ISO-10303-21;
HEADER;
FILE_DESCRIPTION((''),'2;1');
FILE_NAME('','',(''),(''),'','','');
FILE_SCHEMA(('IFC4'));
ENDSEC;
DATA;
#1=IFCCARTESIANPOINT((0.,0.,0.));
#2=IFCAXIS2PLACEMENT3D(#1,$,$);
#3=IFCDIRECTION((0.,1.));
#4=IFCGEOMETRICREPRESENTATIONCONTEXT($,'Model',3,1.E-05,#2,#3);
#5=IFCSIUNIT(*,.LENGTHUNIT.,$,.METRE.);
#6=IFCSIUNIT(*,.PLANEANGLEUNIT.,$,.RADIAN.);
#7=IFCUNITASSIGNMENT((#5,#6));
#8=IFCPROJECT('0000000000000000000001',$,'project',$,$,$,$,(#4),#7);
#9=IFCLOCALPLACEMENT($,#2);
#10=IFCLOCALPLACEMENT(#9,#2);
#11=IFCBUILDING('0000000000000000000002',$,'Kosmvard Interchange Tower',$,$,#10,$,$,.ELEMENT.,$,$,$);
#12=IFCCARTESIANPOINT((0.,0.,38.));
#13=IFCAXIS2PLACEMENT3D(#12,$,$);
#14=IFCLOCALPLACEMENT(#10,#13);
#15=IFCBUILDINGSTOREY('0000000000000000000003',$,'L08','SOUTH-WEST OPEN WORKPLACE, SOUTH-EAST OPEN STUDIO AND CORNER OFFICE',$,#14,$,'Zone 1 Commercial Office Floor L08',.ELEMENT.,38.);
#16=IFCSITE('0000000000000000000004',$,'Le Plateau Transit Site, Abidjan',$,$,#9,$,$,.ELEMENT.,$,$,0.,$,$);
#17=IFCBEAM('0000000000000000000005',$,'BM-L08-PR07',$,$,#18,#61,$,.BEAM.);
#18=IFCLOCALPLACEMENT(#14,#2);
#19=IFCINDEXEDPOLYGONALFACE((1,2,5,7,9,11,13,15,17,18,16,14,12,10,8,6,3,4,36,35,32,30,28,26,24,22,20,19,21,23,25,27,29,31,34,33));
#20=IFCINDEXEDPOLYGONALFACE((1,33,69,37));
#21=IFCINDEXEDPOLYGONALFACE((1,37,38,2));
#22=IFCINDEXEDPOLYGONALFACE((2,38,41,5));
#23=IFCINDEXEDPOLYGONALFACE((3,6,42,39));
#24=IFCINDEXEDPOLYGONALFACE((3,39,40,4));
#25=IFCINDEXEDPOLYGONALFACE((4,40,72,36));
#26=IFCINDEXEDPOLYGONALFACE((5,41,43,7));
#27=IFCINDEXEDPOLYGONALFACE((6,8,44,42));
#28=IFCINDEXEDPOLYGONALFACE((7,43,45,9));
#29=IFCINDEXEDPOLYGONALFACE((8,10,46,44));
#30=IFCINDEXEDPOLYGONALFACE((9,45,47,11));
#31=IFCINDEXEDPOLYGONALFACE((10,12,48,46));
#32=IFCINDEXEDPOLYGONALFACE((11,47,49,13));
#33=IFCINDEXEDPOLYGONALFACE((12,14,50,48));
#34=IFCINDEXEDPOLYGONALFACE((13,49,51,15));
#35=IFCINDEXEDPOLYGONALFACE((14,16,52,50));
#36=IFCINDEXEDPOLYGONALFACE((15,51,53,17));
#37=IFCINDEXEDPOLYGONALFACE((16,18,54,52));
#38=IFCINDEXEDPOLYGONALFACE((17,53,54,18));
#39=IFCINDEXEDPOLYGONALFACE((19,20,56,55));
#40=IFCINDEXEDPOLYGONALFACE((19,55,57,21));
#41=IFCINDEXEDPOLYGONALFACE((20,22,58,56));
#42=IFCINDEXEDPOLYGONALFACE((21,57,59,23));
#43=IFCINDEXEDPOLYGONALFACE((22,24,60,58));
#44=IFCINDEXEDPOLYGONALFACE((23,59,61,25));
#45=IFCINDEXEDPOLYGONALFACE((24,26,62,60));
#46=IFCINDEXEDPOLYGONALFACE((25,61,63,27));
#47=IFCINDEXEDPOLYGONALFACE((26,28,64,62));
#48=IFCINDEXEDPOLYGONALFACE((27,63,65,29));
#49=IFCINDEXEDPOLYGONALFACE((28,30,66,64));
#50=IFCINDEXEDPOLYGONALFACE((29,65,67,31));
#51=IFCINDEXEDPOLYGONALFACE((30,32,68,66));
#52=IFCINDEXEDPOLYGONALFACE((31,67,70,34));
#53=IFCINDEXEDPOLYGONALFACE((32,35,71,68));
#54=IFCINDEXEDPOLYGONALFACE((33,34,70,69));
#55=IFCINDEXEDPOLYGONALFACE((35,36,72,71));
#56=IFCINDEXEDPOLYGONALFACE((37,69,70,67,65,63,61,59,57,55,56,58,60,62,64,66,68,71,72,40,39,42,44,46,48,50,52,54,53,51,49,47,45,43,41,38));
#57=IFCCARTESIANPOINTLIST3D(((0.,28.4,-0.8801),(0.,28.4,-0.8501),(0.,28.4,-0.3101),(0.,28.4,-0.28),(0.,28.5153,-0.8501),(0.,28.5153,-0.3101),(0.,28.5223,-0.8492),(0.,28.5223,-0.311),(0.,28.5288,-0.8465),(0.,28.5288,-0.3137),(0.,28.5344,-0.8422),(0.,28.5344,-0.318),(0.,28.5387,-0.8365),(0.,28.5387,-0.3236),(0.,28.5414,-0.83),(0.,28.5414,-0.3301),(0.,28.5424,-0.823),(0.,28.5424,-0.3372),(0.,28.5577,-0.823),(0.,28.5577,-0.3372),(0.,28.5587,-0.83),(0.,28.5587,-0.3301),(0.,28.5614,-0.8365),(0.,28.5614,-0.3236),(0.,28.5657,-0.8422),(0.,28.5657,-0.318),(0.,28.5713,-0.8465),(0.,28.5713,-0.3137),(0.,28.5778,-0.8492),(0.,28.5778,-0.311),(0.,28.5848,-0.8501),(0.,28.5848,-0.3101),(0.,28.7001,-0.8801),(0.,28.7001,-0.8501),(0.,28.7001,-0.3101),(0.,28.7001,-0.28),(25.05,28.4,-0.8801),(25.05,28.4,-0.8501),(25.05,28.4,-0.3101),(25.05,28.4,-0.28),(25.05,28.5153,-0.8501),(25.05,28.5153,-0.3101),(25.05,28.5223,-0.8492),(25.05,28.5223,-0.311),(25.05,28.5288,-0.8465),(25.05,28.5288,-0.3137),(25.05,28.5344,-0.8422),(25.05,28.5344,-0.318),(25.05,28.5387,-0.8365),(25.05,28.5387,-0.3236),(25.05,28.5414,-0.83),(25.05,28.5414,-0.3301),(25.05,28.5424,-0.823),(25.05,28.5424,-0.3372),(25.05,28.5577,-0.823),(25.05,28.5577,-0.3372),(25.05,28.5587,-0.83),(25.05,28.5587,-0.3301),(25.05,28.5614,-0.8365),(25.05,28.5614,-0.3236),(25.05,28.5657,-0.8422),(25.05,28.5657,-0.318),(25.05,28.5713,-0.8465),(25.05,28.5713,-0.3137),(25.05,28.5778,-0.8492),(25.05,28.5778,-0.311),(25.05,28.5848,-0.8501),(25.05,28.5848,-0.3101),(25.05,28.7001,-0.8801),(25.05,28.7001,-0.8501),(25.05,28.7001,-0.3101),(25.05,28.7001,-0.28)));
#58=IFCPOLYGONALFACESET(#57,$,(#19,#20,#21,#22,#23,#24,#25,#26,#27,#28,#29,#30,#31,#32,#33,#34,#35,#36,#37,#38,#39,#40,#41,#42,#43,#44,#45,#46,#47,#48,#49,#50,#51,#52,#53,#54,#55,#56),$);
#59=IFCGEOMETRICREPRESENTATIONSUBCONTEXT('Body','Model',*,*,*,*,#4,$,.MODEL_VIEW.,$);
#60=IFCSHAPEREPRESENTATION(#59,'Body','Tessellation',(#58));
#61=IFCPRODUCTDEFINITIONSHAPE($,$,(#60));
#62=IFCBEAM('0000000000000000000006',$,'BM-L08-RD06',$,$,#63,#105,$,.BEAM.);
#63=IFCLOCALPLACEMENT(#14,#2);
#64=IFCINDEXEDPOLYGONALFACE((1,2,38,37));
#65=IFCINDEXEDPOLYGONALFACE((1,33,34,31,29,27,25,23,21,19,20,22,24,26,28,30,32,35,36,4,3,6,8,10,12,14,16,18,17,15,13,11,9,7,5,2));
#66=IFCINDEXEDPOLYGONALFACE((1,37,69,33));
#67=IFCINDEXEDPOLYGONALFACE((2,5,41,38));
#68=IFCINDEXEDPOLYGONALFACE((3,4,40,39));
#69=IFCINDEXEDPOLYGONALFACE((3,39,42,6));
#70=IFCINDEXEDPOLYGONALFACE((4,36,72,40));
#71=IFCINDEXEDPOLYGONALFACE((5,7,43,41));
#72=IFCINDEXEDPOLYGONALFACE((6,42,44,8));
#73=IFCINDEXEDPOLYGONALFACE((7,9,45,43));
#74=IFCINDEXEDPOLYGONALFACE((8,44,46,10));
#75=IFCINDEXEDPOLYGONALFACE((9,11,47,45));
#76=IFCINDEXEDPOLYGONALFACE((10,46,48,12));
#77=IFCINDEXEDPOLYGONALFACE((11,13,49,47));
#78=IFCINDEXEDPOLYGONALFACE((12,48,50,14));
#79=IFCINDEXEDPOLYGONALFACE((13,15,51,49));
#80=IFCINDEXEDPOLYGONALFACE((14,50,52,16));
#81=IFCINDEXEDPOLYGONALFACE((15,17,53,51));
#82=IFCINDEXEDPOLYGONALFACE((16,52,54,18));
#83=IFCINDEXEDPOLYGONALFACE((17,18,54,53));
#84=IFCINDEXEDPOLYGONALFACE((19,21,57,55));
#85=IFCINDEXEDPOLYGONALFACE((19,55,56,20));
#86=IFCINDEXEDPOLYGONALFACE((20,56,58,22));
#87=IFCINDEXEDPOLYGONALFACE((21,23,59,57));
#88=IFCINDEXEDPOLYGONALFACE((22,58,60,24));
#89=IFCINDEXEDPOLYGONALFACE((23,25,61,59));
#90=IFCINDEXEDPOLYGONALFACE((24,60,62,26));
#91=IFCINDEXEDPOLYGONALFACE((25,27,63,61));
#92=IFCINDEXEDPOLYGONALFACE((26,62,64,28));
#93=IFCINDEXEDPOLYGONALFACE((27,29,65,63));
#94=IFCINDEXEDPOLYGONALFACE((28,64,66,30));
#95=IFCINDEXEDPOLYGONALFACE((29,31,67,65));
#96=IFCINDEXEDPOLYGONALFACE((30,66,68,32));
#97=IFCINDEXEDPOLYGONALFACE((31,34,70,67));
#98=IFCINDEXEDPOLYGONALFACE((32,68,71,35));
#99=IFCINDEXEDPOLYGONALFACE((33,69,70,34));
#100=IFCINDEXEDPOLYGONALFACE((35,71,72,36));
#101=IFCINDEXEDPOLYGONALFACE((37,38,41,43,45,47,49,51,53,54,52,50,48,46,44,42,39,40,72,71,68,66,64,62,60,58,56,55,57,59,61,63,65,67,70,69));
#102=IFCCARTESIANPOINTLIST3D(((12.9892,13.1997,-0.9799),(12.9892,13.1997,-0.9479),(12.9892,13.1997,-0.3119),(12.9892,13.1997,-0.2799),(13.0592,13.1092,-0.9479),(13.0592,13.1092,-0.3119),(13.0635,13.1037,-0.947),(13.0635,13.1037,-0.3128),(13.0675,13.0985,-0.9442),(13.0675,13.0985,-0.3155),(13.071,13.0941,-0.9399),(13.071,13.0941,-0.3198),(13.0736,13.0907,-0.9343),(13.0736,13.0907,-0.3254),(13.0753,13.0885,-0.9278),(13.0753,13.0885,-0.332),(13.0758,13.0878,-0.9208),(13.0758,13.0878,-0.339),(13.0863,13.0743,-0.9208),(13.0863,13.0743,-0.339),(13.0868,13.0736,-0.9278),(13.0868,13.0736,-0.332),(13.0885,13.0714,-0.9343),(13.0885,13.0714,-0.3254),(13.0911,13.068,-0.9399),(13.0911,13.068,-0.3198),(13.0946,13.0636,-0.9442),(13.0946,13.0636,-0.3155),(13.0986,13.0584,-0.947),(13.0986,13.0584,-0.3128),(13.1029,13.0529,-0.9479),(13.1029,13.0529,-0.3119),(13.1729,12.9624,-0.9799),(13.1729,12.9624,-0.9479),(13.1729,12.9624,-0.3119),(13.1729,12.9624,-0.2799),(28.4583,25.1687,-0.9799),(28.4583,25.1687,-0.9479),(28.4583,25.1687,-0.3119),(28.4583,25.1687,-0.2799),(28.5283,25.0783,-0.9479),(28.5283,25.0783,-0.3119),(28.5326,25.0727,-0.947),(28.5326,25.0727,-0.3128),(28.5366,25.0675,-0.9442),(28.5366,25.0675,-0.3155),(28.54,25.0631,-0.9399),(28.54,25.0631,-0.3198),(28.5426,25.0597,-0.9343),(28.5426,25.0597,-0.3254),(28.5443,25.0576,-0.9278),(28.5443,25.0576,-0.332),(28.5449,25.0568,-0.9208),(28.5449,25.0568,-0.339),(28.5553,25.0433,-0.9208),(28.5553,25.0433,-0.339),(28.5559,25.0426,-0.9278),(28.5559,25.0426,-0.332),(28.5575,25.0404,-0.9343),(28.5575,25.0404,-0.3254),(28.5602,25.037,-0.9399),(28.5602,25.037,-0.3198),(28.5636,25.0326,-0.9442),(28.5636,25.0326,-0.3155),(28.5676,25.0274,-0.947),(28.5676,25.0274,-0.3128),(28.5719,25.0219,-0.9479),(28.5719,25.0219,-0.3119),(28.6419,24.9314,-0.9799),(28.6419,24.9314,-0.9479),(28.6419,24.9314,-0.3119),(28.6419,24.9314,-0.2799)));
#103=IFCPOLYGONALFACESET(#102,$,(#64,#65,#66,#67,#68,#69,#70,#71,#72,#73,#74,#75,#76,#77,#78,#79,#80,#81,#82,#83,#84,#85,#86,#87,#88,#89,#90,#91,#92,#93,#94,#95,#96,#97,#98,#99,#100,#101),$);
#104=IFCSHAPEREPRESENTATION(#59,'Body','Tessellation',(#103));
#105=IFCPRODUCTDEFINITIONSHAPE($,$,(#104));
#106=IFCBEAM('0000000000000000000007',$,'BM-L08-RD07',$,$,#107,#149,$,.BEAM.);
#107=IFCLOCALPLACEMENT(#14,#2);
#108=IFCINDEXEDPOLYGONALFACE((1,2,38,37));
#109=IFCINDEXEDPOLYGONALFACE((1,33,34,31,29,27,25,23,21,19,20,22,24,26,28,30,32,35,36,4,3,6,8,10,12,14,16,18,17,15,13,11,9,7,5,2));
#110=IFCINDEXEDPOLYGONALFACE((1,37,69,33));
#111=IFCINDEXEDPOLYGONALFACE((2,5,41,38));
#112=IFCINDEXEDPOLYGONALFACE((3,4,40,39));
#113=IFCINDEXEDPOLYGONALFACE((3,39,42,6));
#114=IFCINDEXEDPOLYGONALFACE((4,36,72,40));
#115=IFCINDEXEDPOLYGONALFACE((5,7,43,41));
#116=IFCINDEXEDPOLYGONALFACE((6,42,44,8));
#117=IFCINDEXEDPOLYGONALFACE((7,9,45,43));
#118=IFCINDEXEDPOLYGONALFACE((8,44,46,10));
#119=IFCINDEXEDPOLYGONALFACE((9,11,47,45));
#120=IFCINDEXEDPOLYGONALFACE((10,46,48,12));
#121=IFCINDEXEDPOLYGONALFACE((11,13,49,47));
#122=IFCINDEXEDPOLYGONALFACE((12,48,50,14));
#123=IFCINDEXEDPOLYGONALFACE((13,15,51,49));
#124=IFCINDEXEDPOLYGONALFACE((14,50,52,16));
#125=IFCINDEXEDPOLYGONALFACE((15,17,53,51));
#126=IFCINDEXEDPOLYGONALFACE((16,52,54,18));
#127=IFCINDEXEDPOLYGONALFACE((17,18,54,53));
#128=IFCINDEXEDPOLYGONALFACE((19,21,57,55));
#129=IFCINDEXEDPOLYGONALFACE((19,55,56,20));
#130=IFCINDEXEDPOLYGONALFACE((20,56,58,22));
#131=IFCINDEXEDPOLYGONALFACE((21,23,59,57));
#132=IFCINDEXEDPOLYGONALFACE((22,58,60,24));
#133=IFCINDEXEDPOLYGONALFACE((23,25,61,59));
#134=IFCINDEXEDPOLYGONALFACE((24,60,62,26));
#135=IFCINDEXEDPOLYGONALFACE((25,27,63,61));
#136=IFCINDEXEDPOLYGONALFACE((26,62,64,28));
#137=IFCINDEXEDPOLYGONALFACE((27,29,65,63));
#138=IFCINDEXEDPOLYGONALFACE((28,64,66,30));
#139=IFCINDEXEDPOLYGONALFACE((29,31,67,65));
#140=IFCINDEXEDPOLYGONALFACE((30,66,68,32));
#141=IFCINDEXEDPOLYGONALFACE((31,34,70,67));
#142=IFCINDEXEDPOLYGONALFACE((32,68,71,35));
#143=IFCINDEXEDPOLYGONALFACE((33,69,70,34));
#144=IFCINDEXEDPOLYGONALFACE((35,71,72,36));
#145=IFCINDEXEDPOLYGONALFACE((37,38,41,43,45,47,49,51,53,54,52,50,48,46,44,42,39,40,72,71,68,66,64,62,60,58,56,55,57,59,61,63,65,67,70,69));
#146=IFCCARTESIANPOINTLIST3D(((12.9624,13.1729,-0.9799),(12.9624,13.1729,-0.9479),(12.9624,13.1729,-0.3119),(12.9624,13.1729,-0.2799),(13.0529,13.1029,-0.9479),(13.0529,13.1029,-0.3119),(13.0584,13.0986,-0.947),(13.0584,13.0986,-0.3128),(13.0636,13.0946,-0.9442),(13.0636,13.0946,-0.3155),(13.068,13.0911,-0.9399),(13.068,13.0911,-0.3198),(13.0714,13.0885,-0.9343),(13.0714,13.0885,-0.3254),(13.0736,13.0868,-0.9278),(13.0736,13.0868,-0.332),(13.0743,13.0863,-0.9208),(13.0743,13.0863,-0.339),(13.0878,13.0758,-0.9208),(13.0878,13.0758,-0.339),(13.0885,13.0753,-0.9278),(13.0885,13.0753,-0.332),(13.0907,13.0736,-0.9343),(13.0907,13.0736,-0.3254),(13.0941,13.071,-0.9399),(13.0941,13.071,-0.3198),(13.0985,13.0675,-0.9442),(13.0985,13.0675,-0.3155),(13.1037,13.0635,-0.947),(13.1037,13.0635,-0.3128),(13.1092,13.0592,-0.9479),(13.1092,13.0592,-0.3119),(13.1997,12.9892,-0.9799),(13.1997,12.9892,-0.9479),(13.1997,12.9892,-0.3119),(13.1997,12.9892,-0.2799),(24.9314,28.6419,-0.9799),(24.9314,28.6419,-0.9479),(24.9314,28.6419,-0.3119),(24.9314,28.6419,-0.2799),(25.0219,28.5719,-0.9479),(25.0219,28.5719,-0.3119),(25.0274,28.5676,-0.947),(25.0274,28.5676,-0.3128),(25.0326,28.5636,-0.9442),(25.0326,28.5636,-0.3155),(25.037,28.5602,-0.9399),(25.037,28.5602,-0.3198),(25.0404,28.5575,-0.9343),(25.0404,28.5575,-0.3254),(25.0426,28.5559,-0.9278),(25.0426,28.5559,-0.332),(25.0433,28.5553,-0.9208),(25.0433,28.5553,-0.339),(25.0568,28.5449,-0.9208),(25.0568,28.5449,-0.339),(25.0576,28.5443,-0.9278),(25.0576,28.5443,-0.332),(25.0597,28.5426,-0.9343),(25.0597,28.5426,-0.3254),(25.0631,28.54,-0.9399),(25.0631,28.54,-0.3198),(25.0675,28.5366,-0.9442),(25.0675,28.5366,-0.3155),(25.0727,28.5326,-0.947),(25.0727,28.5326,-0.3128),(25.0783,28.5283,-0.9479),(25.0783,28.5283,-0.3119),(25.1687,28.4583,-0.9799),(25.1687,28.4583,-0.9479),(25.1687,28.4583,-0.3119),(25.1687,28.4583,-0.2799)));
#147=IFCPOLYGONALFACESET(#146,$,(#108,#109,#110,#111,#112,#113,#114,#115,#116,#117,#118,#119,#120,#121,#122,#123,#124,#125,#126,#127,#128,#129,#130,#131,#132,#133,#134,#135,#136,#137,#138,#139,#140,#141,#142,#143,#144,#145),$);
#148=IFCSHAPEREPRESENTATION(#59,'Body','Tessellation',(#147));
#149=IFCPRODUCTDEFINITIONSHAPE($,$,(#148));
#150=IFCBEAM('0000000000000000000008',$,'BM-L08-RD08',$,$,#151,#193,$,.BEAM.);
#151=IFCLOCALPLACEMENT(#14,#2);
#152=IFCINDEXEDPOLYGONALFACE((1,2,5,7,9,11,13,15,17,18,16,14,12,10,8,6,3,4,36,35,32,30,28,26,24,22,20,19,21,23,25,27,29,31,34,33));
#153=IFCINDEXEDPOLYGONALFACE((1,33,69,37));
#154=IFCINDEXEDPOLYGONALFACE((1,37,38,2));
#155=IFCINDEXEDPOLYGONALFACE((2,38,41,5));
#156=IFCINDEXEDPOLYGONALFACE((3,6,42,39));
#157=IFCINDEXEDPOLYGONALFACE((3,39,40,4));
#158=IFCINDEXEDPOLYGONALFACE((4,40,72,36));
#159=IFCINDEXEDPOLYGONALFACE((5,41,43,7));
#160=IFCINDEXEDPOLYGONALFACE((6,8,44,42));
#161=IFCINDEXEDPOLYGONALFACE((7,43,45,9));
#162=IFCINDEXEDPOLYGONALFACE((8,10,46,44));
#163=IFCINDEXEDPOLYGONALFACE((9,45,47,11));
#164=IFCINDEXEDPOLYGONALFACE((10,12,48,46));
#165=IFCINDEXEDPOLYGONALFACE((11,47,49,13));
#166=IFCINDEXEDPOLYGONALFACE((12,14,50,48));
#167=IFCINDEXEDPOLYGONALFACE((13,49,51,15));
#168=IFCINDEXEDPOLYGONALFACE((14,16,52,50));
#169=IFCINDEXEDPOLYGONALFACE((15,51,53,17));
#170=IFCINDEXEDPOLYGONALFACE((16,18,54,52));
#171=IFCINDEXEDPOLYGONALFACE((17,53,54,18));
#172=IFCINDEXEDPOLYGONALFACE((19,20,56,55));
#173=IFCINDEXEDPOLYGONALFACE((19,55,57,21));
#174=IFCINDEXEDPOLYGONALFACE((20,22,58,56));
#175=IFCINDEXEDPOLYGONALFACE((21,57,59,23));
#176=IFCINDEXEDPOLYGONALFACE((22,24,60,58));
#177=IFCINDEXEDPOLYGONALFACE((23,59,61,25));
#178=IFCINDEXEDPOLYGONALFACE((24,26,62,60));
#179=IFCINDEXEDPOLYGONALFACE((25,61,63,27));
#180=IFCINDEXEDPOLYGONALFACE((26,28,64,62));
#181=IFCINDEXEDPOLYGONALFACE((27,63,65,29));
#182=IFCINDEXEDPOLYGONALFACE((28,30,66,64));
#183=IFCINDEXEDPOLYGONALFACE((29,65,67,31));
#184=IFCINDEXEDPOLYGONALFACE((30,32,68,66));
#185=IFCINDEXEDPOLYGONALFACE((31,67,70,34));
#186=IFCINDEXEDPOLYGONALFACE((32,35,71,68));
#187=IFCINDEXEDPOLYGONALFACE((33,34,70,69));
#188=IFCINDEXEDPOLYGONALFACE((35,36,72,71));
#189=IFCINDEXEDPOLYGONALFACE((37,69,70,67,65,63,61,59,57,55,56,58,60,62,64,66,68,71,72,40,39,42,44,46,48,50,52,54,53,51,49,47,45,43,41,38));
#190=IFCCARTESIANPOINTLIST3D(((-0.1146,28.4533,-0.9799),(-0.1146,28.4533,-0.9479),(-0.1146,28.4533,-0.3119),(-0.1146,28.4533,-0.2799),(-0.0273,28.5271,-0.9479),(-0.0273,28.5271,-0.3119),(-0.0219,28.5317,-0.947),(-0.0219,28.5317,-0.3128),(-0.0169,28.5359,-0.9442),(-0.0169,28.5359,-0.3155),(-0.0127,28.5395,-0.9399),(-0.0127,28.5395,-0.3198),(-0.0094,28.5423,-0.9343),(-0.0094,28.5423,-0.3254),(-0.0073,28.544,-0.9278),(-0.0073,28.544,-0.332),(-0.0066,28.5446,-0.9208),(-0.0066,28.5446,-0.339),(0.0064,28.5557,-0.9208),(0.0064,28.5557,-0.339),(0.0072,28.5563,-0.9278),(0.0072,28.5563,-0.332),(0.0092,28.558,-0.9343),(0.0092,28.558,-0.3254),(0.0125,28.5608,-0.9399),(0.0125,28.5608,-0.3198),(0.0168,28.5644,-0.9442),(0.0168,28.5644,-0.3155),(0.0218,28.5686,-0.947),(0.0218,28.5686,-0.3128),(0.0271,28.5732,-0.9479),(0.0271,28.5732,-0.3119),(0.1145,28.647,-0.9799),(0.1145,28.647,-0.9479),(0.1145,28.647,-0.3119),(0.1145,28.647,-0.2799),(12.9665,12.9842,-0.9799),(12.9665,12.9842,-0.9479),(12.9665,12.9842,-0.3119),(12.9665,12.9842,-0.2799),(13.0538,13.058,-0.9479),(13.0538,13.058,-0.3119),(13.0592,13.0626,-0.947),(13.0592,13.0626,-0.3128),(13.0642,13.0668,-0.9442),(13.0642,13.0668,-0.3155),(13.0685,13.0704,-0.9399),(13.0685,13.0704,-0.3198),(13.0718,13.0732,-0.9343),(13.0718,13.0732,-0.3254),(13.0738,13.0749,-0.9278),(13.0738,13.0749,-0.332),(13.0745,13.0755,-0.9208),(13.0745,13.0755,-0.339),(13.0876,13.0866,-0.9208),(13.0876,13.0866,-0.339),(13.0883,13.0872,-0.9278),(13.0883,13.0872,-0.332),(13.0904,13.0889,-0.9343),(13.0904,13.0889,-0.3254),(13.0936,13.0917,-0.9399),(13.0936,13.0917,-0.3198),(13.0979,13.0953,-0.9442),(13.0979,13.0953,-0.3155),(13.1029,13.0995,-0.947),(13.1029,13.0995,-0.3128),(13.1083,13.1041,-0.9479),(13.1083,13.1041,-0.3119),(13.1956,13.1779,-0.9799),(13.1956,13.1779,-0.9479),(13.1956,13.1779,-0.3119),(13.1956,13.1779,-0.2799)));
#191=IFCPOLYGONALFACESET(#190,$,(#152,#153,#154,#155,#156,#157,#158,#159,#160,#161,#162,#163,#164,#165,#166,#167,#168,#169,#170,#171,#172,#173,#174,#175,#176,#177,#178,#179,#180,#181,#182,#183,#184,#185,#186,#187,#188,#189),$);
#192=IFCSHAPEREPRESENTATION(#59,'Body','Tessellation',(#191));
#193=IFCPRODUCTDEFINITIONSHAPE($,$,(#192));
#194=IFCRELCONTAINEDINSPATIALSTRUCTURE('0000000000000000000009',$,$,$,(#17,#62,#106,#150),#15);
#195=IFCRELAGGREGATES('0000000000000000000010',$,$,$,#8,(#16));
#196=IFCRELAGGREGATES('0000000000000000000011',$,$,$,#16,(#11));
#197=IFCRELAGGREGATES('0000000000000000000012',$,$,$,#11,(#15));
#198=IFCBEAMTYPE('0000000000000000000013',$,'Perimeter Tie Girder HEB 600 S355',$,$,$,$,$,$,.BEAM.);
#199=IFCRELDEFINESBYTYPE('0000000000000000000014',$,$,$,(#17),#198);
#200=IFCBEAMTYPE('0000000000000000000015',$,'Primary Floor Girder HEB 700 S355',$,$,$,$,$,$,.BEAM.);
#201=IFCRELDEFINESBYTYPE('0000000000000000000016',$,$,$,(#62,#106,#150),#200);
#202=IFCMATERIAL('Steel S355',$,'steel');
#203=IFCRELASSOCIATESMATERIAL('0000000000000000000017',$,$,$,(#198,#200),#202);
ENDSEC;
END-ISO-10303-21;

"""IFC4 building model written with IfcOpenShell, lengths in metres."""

from ifc_helpers import new_model, si_unit, direction, frame, origin, origin_2d, place, context, subcontext, project, spatial, i_section, extrude, source, transform, mapped, material, material_profile, profile_set, type_object, element, save


model = new_model("IFC4")

# Units and contexts
model_context = context("Model", 3, precision=1e-05, world=origin(), true_north=direction((0.0, 1.0)))
body_context = subcontext(model_context, "Body", "Model", "MODEL_VIEW")
ifc_project = project(units=[si_unit("LENGTHUNIT", "METRE"), si_unit("PLANEANGLEUNIT", "RADIAN")], contexts=[model_context])

# Site, building, storey
site_placement = place(None, origin())
site = spatial("IfcSite", under=ifc_project, at=site_placement, Name="Le Plateau Transit Site, Abidjan", CompositionType="ELEMENT", RefElevation=0.0)
building_placement = place(site_placement, origin())
building = spatial("IfcBuilding", under=site, at=building_placement, Name="Kosmvard Interchange Tower", CompositionType="ELEMENT")
storey_placement = place(building_placement, frame((0.0, 0.0, 38.0)))
storey = spatial("IfcBuildingStorey", under=building, at=storey_placement, Name="L08", Description="SOUTH-WEST OPEN WORKPLACE, SOUTH-EAST OPEN STUDIO AND CORNER OFFICE", LongName="Zone 1 Commercial Office Floor L08", CompositionType="ELEMENT", Elevation=38.0)

# Beams
ifc_material_1 = material(Name="Steel S355", Category="steel")
ifc_material_profile_1 = material_profile(ifc_material_1, i_section(OverallWidth=0.3, OverallDepth=0.6001, WebThickness=0.0154, FlangeThickness=0.03, FilletRadius=0.0271, at=origin_2d()), Name="HEB 600")
ifc_profile_set_1 = profile_set([ifc_material_profile_1], Name="Steel S355")
beam_type_1 = type_object("IfcBeamType", Name="Perimeter Tie Girder HEB 600 S355", PredefinedType="BEAM", material=ifc_profile_set_1)
shared_shape_1 = source(origin(), body_context, "Body", "SweptSolid", [
    extrude(i_section(OverallWidth=0.3, OverallDepth=0.6001, WebThickness=0.0154, FlangeThickness=0.03, FilletRadius=0.0271, at=origin_2d()), origin(), (0.0, 0.0, 1.0), 25.05),
])
beam_1_placement = place(storey_placement, frame((25.05, 28.55, -0.5801), z_axis=(-1.0, 0.0, 0.0), x_axis=(0.0, -1.0, 0.0)))
element("IfcBeam", 1, at=beam_1_placement, inside=storey, type_object=beam_type_1, Name="BM-L08-PR07", PredefinedType="BEAM", context=body_context, shape_type="MappedRepresentation", body=[
    mapped(shared_shape_1, transform((0.0, 0.0, 0.0), scale=1.0)),
])
ifc_material_profile_2 = material_profile(ifc_material_1, i_section(OverallWidth=0.3, OverallDepth=0.7, WebThickness=0.0171, FlangeThickness=0.032, FilletRadius=0.0271, at=origin_2d()), Name="HEB 700")
ifc_profile_set_2 = profile_set([ifc_material_profile_2], Name="Steel S355")
beam_type_2 = type_object("IfcBeamType", Name="Primary Floor Girder HEB 700 S355", PredefinedType="BEAM", material=ifc_profile_set_2)
shared_shape_2 = source(origin(), body_context, "Body", "SweptSolid", [
    extrude(i_section(OverallWidth=0.3, OverallDepth=0.7, WebThickness=0.0171, FlangeThickness=0.032, FilletRadius=0.0271, at=origin_2d()), origin(), (0.0, 0.0, 1.0), 19.5588),
])
for number, where, z_axis, x_axis, name in (
    (2, (13.0811, 13.0811, -0.6299), (0.790897, 0.611949, 0.0), (-0.611949, 0.790897, 0.0), "BM-L08-RD06"),
    (3, (13.0811, 13.0811, -0.6299), (0.611949, 0.790897, 0.0), (-0.790897, 0.611949, 0.0), "BM-L08-RD07"),
):
    element("IfcBeam", number, at=place(storey_placement, frame(where, z_axis=z_axis, x_axis=x_axis)), inside=storey, type_object=beam_type_2, Name=name, PredefinedType="BEAM", context=body_context, shape_type="MappedRepresentation", body=[
        mapped(shared_shape_2, transform((0.0, 0.0, 0.0), scale=1.0)),
    ])
shared_shape_3 = source(origin(), body_context, "Body", "SweptSolid", [
    extrude(i_section(OverallWidth=0.3, OverallDepth=0.7, WebThickness=0.0171, FlangeThickness=0.032, FilletRadius=0.0271, at=origin_2d()), origin(), (0.0, 0.0, 1.0), 20.2585),
])
beam_2_placement = place(storey_placement, frame((13.0811, 13.0811, -0.6299), z_axis=(-0.645709, 0.763583, 0.0), x_axis=(-0.763583, -0.645709, 0.0)))
element("IfcBeam", 4, at=beam_2_placement, inside=storey, type_object=beam_type_2, Name="BM-L08-RD08", PredefinedType="BEAM", context=body_context, shape_type="MappedRepresentation", body=[
    mapped(shared_shape_3, transform((0.0, 0.0, 0.0), scale=1.0)),
])

save(model, "model.ifc")
